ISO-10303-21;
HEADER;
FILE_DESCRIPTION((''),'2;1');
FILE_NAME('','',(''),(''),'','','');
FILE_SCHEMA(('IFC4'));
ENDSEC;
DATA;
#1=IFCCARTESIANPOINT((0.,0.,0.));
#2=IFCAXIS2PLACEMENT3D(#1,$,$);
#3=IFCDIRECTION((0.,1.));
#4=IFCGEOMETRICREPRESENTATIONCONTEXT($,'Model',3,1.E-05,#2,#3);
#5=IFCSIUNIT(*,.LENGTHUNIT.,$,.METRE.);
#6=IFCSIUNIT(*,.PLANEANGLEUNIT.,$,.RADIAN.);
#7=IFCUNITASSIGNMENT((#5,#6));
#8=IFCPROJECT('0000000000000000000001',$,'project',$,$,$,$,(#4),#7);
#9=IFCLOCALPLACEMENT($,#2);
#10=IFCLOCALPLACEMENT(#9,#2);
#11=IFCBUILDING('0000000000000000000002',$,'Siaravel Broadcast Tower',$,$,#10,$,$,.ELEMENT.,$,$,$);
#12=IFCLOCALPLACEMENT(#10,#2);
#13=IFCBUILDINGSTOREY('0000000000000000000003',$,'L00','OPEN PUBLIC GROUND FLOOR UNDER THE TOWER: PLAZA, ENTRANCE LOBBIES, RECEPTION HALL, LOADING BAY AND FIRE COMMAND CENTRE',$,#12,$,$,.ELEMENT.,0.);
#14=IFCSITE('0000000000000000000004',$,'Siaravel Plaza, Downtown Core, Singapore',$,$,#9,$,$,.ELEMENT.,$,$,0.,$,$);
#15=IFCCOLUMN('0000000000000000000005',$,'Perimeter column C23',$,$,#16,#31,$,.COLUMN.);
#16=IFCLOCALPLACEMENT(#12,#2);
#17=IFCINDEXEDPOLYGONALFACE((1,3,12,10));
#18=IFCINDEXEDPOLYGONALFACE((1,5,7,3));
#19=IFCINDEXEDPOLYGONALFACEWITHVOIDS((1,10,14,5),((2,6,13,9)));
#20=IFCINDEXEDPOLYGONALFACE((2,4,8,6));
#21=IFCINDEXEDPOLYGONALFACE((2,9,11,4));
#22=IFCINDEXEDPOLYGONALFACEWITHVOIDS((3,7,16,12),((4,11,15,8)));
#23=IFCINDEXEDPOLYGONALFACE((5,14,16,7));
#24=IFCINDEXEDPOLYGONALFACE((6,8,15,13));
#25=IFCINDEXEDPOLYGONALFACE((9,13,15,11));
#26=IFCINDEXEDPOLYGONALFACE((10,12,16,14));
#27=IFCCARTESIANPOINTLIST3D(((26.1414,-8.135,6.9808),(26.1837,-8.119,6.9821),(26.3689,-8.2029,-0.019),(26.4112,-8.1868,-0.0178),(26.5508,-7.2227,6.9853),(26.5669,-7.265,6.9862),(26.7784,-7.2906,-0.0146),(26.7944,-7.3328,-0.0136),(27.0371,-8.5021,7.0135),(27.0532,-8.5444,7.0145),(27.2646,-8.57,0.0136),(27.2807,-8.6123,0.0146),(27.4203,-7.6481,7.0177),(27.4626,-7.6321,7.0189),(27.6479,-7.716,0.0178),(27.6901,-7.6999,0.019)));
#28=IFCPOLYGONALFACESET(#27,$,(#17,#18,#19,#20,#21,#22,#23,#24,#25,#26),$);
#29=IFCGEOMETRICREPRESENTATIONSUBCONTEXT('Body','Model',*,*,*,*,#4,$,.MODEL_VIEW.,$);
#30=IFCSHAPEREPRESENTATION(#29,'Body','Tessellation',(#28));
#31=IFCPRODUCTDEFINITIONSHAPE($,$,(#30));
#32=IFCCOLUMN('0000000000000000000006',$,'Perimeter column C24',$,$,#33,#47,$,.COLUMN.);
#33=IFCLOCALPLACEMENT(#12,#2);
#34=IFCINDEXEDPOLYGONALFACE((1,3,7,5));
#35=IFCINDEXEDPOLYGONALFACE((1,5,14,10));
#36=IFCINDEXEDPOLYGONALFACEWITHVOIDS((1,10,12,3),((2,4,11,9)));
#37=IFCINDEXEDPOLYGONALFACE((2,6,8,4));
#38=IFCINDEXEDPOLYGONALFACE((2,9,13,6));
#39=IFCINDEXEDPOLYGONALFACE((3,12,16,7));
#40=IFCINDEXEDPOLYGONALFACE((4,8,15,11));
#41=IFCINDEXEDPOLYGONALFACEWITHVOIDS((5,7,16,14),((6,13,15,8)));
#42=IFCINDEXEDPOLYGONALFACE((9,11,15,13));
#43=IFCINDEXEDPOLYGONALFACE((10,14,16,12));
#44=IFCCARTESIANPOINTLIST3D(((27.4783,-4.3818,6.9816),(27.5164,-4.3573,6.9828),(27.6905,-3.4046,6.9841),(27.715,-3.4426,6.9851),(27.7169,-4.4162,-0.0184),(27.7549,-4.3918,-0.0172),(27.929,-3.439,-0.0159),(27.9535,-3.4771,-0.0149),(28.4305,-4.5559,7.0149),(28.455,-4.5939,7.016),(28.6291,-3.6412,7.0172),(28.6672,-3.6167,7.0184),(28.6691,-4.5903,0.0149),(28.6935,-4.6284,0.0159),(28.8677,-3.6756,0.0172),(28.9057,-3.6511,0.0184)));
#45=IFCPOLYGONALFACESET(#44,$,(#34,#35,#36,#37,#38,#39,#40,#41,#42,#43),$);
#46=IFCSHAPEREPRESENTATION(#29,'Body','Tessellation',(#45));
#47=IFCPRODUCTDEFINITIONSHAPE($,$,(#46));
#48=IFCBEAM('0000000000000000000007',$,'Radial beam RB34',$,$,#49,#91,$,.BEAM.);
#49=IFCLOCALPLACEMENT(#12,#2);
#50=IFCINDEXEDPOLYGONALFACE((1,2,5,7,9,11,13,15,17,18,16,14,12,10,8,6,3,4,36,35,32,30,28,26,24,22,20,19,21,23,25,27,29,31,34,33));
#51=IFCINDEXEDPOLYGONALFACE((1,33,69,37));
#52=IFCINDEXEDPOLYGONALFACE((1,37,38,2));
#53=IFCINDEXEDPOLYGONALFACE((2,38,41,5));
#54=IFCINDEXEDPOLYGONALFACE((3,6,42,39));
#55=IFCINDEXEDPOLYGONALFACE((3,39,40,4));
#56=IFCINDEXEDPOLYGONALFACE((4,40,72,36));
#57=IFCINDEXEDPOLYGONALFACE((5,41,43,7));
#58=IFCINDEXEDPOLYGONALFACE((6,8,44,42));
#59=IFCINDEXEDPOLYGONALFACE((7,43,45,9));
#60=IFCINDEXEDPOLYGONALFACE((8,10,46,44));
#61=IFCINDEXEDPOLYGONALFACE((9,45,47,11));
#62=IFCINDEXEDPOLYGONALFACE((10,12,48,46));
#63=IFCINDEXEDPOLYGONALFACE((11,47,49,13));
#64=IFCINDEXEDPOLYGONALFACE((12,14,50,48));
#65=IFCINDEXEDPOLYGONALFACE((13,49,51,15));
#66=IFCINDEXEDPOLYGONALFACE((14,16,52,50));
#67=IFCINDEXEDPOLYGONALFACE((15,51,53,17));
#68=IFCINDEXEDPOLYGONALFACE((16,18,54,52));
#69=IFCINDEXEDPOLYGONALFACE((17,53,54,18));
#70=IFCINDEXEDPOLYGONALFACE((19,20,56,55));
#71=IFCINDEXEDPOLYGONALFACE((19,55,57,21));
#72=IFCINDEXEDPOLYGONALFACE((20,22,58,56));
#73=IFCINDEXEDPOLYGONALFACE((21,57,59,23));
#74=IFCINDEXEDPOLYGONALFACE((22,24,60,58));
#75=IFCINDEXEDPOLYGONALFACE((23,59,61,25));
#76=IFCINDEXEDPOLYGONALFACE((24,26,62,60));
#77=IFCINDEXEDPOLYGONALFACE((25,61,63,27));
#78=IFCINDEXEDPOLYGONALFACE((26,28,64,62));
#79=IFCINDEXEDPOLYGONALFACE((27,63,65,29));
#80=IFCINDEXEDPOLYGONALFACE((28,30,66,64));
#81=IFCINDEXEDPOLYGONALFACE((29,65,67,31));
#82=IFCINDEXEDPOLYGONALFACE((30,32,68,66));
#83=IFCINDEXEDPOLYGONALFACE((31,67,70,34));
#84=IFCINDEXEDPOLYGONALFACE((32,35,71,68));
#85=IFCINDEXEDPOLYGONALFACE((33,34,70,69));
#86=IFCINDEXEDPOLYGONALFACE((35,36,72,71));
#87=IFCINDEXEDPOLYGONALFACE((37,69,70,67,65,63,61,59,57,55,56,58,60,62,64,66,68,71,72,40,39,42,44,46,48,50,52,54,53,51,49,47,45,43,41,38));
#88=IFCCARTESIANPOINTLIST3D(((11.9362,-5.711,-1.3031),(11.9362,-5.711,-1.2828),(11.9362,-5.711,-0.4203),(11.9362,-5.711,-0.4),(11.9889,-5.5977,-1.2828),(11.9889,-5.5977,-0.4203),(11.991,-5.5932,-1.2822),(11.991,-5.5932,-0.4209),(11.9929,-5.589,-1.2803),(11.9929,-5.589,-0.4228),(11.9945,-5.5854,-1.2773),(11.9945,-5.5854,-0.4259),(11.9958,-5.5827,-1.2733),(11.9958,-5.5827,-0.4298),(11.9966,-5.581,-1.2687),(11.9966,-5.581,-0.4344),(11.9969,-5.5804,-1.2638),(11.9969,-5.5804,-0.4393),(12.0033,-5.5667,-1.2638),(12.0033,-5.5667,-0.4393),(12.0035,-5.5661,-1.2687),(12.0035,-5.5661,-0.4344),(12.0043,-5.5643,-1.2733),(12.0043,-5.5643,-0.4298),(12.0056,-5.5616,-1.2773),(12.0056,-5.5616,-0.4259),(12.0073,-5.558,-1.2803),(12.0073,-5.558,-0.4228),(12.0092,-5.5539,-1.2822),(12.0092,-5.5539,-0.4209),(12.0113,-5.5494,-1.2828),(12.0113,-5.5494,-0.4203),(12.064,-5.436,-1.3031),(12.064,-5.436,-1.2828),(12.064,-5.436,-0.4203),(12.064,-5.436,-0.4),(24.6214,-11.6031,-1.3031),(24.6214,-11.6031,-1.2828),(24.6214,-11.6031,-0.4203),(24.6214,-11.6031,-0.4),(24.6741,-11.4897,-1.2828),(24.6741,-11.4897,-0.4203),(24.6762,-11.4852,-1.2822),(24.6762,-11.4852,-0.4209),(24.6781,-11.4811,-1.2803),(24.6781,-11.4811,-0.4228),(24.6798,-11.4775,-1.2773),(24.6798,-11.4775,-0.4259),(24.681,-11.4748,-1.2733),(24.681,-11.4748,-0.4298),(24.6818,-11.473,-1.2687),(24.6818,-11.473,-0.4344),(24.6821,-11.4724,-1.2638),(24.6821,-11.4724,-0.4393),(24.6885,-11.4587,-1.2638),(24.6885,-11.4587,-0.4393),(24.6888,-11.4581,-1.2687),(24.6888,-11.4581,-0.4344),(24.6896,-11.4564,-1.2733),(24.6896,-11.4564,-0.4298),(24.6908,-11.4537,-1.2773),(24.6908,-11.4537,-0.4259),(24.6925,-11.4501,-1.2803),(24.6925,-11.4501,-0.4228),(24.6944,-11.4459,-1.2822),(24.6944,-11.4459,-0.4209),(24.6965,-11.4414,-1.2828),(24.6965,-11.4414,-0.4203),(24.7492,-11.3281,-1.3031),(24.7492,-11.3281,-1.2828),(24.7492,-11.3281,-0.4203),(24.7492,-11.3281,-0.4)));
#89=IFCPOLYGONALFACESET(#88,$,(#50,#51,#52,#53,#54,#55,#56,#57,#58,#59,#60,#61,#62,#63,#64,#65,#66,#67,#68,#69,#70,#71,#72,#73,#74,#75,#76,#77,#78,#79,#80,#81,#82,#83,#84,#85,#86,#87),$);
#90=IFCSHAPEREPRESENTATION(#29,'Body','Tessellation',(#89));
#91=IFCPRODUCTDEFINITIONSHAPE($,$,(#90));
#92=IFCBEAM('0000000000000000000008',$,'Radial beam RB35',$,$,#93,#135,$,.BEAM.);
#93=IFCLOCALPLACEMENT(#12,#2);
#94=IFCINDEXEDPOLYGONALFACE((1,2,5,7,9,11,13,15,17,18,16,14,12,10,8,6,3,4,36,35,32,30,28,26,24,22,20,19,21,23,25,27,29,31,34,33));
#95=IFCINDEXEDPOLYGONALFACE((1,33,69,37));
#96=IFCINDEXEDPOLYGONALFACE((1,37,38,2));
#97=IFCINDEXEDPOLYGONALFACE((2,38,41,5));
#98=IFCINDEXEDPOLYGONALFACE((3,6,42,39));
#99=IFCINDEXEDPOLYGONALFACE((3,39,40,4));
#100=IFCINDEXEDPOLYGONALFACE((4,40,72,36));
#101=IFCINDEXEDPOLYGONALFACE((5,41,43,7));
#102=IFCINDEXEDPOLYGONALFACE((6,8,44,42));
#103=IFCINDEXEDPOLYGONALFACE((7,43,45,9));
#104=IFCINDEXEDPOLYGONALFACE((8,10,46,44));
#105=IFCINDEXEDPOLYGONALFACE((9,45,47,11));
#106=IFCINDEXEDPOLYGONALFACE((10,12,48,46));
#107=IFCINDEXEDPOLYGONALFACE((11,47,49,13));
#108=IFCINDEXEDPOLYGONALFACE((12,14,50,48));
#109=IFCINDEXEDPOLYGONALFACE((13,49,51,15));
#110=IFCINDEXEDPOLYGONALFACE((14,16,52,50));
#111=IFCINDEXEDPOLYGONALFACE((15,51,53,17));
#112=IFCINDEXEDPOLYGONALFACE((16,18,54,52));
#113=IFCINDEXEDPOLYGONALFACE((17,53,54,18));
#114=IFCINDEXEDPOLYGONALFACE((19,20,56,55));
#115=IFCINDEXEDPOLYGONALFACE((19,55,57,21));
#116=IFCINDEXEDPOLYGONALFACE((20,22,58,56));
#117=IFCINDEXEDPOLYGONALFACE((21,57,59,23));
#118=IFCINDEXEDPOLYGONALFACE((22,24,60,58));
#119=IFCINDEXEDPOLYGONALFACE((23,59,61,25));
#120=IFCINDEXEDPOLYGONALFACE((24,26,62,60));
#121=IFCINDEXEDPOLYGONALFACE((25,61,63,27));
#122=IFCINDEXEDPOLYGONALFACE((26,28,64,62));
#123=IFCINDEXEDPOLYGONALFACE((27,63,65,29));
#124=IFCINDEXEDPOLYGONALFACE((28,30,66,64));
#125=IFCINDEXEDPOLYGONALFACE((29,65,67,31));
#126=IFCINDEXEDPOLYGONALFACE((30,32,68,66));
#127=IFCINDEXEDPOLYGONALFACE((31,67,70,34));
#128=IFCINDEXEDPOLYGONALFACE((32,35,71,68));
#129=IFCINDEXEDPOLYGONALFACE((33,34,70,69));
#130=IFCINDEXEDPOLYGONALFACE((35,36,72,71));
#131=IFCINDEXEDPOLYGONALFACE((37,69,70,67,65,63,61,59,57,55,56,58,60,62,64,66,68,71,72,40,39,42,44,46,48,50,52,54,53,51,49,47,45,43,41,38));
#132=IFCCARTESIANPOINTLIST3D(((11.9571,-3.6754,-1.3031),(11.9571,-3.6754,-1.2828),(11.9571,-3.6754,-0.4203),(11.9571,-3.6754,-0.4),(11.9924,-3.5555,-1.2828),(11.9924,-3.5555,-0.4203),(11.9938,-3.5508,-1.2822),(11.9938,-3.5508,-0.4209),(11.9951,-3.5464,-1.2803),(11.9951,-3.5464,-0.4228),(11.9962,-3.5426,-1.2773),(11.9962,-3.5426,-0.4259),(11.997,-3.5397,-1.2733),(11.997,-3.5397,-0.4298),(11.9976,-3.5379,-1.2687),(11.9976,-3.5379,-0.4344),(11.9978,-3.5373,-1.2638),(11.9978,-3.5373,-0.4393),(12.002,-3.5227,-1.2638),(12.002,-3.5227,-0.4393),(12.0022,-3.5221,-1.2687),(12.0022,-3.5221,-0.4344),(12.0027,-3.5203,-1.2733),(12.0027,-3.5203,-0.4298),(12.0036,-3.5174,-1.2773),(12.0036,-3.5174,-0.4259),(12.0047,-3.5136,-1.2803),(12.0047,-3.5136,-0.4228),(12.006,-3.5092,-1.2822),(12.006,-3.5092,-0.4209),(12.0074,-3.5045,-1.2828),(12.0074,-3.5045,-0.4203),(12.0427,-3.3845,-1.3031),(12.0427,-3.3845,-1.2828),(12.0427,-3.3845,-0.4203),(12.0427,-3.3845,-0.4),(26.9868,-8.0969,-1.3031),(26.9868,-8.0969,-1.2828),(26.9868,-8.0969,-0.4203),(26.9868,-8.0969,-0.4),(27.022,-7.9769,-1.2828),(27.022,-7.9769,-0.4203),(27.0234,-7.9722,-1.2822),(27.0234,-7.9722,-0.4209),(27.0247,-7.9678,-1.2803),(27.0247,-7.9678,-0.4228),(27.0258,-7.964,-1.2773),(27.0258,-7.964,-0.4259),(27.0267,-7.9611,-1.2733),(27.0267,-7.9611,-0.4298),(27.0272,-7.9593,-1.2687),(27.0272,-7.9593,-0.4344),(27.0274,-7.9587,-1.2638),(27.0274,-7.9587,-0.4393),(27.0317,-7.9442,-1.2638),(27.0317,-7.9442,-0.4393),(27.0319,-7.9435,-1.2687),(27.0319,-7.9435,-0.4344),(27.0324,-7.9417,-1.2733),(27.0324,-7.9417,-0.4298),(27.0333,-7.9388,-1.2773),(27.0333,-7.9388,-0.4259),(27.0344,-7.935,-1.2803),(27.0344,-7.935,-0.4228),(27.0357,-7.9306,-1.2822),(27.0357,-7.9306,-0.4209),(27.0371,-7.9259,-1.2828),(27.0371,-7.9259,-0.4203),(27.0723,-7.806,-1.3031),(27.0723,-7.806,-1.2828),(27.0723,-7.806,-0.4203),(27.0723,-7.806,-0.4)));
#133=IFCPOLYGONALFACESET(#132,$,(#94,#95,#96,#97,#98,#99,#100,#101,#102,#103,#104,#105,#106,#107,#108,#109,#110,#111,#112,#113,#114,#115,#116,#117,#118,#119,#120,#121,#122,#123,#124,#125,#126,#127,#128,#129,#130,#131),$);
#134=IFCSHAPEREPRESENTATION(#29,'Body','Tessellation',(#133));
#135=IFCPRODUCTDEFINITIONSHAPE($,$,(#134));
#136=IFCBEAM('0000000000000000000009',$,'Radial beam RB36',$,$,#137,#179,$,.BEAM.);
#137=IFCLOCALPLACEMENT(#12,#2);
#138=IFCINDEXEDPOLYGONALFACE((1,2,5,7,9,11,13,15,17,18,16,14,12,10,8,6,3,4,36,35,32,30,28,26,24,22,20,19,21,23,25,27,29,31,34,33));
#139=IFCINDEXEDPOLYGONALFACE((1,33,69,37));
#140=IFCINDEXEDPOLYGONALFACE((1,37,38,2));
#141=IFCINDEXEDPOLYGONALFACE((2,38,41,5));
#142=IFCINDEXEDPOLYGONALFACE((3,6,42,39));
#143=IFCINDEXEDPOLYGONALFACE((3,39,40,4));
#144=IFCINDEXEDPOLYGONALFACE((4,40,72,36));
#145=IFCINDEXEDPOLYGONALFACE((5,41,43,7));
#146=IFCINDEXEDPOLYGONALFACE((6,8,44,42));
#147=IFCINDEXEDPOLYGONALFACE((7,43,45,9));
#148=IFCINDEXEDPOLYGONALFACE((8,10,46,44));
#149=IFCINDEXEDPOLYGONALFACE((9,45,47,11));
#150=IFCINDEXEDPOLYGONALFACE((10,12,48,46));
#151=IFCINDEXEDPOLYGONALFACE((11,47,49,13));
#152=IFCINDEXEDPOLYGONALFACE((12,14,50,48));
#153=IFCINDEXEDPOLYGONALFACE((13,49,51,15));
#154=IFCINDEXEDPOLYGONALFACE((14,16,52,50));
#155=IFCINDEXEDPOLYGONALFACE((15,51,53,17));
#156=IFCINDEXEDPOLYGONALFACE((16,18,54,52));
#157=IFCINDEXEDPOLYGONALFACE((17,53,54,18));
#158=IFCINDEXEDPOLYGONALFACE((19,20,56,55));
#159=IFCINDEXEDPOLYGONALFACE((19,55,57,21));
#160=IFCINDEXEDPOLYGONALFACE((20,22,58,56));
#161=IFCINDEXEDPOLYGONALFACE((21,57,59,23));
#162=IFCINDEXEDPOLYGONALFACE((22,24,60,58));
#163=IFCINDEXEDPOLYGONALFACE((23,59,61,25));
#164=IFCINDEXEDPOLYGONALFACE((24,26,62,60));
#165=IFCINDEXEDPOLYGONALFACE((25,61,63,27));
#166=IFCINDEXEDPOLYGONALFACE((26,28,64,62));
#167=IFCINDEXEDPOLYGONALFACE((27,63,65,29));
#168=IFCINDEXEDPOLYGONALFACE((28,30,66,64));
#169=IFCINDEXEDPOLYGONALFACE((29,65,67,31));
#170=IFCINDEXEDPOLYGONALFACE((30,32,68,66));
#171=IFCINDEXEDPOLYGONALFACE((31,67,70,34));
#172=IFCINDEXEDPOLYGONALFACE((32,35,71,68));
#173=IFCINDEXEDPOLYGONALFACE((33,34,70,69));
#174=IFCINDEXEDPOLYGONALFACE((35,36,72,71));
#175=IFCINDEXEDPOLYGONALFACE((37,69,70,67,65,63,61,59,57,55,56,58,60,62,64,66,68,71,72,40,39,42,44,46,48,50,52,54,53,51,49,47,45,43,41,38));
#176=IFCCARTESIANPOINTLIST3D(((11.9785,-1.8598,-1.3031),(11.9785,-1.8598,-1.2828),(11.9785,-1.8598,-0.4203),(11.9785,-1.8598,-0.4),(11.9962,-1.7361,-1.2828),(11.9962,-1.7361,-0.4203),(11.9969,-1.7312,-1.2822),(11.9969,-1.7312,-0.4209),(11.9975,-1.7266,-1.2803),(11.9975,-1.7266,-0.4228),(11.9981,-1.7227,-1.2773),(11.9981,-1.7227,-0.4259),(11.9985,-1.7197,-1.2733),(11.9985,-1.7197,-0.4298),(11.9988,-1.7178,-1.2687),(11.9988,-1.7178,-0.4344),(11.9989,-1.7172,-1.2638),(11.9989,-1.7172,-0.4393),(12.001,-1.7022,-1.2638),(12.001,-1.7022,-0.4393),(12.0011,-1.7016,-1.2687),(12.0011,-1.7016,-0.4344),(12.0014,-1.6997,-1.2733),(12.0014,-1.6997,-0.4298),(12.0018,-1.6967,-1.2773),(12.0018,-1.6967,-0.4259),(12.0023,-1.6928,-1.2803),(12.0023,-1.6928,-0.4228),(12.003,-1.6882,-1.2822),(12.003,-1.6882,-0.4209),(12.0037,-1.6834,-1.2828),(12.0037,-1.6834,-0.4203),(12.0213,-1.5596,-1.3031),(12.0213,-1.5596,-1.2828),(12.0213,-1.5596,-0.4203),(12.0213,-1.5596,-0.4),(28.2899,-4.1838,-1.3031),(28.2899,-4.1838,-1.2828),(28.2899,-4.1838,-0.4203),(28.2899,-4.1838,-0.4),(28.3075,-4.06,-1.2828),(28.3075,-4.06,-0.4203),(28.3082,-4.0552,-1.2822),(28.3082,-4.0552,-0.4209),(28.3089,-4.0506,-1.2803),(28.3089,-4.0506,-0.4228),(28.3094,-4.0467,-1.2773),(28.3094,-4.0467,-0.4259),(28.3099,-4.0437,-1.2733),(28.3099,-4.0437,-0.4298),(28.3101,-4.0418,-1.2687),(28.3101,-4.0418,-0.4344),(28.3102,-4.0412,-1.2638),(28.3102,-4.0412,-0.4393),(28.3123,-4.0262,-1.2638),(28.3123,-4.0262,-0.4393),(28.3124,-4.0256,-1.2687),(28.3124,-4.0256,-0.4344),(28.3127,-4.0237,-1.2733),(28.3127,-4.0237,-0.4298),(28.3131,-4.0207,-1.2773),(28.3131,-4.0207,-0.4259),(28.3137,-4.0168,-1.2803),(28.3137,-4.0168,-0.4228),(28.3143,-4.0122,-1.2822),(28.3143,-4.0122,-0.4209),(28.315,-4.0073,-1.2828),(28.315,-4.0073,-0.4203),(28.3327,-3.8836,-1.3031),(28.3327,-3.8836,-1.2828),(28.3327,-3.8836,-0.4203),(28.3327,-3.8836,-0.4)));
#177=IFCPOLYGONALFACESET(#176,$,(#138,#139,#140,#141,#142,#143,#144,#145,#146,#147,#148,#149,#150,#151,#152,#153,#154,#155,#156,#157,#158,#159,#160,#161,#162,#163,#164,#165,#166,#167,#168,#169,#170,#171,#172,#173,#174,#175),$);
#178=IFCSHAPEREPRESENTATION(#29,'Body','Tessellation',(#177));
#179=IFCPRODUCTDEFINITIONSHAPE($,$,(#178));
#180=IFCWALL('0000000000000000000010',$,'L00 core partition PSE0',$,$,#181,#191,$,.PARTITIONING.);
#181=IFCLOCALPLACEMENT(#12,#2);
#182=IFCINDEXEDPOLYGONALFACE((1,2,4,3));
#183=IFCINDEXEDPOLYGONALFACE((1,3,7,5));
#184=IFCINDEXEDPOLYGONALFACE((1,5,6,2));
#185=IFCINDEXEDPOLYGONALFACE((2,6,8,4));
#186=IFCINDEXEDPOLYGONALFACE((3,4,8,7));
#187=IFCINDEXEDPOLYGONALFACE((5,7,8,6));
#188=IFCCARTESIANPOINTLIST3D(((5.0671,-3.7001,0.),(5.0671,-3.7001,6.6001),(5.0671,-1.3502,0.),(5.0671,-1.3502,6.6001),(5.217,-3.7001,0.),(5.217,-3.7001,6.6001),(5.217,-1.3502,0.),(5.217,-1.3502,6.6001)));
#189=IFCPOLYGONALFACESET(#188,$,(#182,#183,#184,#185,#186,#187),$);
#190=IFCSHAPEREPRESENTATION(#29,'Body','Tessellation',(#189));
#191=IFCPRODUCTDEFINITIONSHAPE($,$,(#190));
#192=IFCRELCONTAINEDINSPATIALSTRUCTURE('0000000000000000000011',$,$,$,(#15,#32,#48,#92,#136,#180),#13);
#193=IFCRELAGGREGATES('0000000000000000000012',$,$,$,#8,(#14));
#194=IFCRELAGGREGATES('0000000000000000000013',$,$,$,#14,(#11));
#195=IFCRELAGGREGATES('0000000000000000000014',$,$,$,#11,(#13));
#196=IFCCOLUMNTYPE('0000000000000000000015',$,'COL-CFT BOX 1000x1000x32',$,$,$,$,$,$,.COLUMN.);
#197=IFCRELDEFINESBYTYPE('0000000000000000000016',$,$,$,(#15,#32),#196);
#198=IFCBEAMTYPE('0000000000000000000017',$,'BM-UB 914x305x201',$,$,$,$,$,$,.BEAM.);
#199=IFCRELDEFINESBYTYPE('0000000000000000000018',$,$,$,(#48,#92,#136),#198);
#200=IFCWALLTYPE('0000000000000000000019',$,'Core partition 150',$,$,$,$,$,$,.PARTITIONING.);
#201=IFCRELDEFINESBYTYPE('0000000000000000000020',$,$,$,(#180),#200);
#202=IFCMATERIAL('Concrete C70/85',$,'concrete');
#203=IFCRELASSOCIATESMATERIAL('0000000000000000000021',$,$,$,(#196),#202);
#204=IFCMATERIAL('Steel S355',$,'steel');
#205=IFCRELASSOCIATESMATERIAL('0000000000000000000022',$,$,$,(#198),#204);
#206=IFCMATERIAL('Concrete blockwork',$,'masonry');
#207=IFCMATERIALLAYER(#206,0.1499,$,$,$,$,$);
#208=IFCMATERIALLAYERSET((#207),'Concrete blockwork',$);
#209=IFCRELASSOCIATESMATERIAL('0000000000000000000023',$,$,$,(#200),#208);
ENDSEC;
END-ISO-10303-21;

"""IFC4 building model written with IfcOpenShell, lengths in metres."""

from ifc_helpers import new_model, si_unit, direction, frame, frame_2d, origin, origin_2d, place, context, subcontext, project, spatial, rectangle, hollow_rectangle, i_section, extrude, material, layer, layer_set, material_profile, profile_set, type_object, element, save


model = new_model("IFC4")

# Units and contexts
model_context = context("Model", 3, precision=1e-05, world=origin(), true_north=direction((0.0, 1.0)))
body_context = subcontext(model_context, "Body", "Model", "MODEL_VIEW")
ifc_project = project(units=[si_unit("LENGTHUNIT", "METRE"), si_unit("PLANEANGLEUNIT", "RADIAN")], contexts=[model_context])

# Site, building, storey
site_placement = place(None, origin())
site = spatial("IfcSite", under=ifc_project, at=site_placement, Name="Siaravel Plaza, Downtown Core, Singapore", CompositionType="ELEMENT", RefElevation=0.0)
building_placement = place(site_placement, origin())
building = spatial("IfcBuilding", under=site, at=building_placement, Name="Siaravel Broadcast Tower", CompositionType="ELEMENT")
storey_placement = place(building_placement, origin())
storey = spatial("IfcBuildingStorey", under=building, at=storey_placement, Name="L00", Description="OPEN PUBLIC GROUND FLOOR UNDER THE TOWER: PLAZA, ENTRANCE LOBBIES, RECEPTION HALL, LOADING BAY AND FIRE COMMAND CENTRE", CompositionType="ELEMENT", Elevation=0.0)

# Columns
ifc_material_1 = material(Name="Concrete C70/85", Category="concrete")
ifc_material_profile_1 = material_profile(ifc_material_1, hollow_rectangle(XDim=1.0, YDim=1.0, WallThickness=0.032, at=origin_2d()))
ifc_profile_set_1 = profile_set([ifc_material_profile_1], Name="Concrete C70/85")
column_type = type_object("IfcColumnType", Name="COL-CFT BOX 1000x1000x32", PredefinedType="COLUMN", material=ifc_profile_set_1)
column_1_placement = place(storey_placement, frame((27.0295, -7.9514, 0.0), z_axis=(-0.032487, 0.00969, 0.999425), x_axis=(-0.409436, -0.912328, -0.004463)))
element("IfcColumn", 1, at=column_1_placement, inside=storey, type_object=column_type, Name="Perimeter column C23", PredefinedType="COLUMN", context=body_context, shape_type="SweptSolid", body=[
    extrude(hollow_rectangle(XDim=1.0, YDim=1.0, WallThickness=0.032, at=origin_2d()), origin(), (0.0, 0.0, 1.0), 7.0039),
])
column_2_placement = place(storey_placement, frame((28.3113, -4.0337, 0.0), z_axis=(-0.034055, 0.004915, 0.999408), x_axis=(-0.212174, -0.977229, -0.002424)))
element("IfcColumn", 2, at=column_2_placement, inside=storey, type_object=column_type, Name="Perimeter column C24", PredefinedType="COLUMN", context=body_context, shape_type="SweptSolid", body=[
    extrude(hollow_rectangle(XDim=1.0, YDim=1.0, WallThickness=0.032, at=origin_2d()), origin(), (0.0, 0.0, 1.0), 7.0042),
])

# Beams
ifc_material_2 = material(Name="Steel S355", Category="steel")
ifc_material_profile_2 = material_profile(ifc_material_2, i_section(OverallWidth=0.3032, OverallDepth=0.9031, WebThickness=0.0151, FlangeThickness=0.0203, FilletRadius=0.019, at=origin_2d()))
ifc_profile_set_2 = profile_set([ifc_material_profile_2], Name="Steel S355")
beam_type = type_object("IfcBeamType", Name="BM-UB 914x305x201", PredefinedType="BEAM", material=ifc_profile_set_2)
beam_1_placement = place(storey_placement, frame((24.6853, -11.4656, -0.8516), z_axis=(-0.906941, 0.421257, 0.0), x_axis=(-0.421257, -0.906941, 0.0)))
element("IfcBeam", 3, at=beam_1_placement, inside=storey, type_object=beam_type, Name="Radial beam RB34", PredefinedType="BEAM", context=body_context, shape_type="SweptSolid", body=[
    extrude(i_section(OverallWidth=0.3032, OverallDepth=0.9031, WebThickness=0.0151, FlangeThickness=0.0203, FilletRadius=0.019, at=origin_2d()), origin(), (0.0, 0.0, 1.0), 13.9868),
])
beam_2_placement = place(storey_placement, frame((27.0295, -7.9514, -0.8516), z_axis=(-0.959349, 0.282221, 0.0), x_axis=(-0.282221, -0.959349, 0.0)))
element("IfcBeam", 4, at=beam_2_placement, inside=storey, type_object=beam_type, Name="Radial beam RB35", PredefinedType="BEAM", context=body_context, shape_type="SweptSolid", body=[
    extrude(i_section(OverallWidth=0.3032, OverallDepth=0.9031, WebThickness=0.0151, FlangeThickness=0.0203, FilletRadius=0.019, at=origin_2d()), origin(), (0.0, 0.0, 1.0), 15.6665),
])
beam_3_placement = place(storey_placement, frame((28.3113, -4.0337, -0.8516), z_axis=(-0.990002, 0.141052, 0.0), x_axis=(-0.141052, -0.990002, 0.0)))
element("IfcBeam", 5, at=beam_3_placement, inside=storey, type_object=beam_type, Name="Radial beam RB36", PredefinedType="BEAM", context=body_context, shape_type="SweptSolid", body=[
    extrude(i_section(OverallWidth=0.3032, OverallDepth=0.9031, WebThickness=0.0151, FlangeThickness=0.0203, FilletRadius=0.019, at=origin_2d()), origin(), (0.0, 0.0, 1.0), 16.4761),
])

# Wall
ifc_material_3 = material(Name="Concrete blockwork", Category="masonry")
ifc_layer_1 = layer(ifc_material_3, 0.1499)
ifc_layer_set_1 = layer_set([ifc_layer_1], Name="Concrete blockwork")
wall_type_1 = type_object("IfcWallType", Name="Core partition 150", PredefinedType="PARTITIONING", material=ifc_layer_set_1)
for number, where, z_axis, x_axis, name in (
    (6, (5.1421, -3.7, 0.0), (0.0, 0.0, 1.0), (0.0, 1.0, 0.0), "L00 core partition PSE0"),
):
    element("IfcWall", number, at=place(storey_placement, frame(where, z_axis=z_axis, x_axis=x_axis)), inside=storey, type_object=wall_type_1, Name=name, PredefinedType="PARTITIONING", context=body_context, shape_type="SweptSolid", body=[
        extrude(rectangle(XDim=2.3499, YDim=0.1499, at=frame_2d((1.1748, 0.0))), origin(), (0.0, 0.0, 1.0), 6.6001),
    ])

save(model, "model.ifc")
